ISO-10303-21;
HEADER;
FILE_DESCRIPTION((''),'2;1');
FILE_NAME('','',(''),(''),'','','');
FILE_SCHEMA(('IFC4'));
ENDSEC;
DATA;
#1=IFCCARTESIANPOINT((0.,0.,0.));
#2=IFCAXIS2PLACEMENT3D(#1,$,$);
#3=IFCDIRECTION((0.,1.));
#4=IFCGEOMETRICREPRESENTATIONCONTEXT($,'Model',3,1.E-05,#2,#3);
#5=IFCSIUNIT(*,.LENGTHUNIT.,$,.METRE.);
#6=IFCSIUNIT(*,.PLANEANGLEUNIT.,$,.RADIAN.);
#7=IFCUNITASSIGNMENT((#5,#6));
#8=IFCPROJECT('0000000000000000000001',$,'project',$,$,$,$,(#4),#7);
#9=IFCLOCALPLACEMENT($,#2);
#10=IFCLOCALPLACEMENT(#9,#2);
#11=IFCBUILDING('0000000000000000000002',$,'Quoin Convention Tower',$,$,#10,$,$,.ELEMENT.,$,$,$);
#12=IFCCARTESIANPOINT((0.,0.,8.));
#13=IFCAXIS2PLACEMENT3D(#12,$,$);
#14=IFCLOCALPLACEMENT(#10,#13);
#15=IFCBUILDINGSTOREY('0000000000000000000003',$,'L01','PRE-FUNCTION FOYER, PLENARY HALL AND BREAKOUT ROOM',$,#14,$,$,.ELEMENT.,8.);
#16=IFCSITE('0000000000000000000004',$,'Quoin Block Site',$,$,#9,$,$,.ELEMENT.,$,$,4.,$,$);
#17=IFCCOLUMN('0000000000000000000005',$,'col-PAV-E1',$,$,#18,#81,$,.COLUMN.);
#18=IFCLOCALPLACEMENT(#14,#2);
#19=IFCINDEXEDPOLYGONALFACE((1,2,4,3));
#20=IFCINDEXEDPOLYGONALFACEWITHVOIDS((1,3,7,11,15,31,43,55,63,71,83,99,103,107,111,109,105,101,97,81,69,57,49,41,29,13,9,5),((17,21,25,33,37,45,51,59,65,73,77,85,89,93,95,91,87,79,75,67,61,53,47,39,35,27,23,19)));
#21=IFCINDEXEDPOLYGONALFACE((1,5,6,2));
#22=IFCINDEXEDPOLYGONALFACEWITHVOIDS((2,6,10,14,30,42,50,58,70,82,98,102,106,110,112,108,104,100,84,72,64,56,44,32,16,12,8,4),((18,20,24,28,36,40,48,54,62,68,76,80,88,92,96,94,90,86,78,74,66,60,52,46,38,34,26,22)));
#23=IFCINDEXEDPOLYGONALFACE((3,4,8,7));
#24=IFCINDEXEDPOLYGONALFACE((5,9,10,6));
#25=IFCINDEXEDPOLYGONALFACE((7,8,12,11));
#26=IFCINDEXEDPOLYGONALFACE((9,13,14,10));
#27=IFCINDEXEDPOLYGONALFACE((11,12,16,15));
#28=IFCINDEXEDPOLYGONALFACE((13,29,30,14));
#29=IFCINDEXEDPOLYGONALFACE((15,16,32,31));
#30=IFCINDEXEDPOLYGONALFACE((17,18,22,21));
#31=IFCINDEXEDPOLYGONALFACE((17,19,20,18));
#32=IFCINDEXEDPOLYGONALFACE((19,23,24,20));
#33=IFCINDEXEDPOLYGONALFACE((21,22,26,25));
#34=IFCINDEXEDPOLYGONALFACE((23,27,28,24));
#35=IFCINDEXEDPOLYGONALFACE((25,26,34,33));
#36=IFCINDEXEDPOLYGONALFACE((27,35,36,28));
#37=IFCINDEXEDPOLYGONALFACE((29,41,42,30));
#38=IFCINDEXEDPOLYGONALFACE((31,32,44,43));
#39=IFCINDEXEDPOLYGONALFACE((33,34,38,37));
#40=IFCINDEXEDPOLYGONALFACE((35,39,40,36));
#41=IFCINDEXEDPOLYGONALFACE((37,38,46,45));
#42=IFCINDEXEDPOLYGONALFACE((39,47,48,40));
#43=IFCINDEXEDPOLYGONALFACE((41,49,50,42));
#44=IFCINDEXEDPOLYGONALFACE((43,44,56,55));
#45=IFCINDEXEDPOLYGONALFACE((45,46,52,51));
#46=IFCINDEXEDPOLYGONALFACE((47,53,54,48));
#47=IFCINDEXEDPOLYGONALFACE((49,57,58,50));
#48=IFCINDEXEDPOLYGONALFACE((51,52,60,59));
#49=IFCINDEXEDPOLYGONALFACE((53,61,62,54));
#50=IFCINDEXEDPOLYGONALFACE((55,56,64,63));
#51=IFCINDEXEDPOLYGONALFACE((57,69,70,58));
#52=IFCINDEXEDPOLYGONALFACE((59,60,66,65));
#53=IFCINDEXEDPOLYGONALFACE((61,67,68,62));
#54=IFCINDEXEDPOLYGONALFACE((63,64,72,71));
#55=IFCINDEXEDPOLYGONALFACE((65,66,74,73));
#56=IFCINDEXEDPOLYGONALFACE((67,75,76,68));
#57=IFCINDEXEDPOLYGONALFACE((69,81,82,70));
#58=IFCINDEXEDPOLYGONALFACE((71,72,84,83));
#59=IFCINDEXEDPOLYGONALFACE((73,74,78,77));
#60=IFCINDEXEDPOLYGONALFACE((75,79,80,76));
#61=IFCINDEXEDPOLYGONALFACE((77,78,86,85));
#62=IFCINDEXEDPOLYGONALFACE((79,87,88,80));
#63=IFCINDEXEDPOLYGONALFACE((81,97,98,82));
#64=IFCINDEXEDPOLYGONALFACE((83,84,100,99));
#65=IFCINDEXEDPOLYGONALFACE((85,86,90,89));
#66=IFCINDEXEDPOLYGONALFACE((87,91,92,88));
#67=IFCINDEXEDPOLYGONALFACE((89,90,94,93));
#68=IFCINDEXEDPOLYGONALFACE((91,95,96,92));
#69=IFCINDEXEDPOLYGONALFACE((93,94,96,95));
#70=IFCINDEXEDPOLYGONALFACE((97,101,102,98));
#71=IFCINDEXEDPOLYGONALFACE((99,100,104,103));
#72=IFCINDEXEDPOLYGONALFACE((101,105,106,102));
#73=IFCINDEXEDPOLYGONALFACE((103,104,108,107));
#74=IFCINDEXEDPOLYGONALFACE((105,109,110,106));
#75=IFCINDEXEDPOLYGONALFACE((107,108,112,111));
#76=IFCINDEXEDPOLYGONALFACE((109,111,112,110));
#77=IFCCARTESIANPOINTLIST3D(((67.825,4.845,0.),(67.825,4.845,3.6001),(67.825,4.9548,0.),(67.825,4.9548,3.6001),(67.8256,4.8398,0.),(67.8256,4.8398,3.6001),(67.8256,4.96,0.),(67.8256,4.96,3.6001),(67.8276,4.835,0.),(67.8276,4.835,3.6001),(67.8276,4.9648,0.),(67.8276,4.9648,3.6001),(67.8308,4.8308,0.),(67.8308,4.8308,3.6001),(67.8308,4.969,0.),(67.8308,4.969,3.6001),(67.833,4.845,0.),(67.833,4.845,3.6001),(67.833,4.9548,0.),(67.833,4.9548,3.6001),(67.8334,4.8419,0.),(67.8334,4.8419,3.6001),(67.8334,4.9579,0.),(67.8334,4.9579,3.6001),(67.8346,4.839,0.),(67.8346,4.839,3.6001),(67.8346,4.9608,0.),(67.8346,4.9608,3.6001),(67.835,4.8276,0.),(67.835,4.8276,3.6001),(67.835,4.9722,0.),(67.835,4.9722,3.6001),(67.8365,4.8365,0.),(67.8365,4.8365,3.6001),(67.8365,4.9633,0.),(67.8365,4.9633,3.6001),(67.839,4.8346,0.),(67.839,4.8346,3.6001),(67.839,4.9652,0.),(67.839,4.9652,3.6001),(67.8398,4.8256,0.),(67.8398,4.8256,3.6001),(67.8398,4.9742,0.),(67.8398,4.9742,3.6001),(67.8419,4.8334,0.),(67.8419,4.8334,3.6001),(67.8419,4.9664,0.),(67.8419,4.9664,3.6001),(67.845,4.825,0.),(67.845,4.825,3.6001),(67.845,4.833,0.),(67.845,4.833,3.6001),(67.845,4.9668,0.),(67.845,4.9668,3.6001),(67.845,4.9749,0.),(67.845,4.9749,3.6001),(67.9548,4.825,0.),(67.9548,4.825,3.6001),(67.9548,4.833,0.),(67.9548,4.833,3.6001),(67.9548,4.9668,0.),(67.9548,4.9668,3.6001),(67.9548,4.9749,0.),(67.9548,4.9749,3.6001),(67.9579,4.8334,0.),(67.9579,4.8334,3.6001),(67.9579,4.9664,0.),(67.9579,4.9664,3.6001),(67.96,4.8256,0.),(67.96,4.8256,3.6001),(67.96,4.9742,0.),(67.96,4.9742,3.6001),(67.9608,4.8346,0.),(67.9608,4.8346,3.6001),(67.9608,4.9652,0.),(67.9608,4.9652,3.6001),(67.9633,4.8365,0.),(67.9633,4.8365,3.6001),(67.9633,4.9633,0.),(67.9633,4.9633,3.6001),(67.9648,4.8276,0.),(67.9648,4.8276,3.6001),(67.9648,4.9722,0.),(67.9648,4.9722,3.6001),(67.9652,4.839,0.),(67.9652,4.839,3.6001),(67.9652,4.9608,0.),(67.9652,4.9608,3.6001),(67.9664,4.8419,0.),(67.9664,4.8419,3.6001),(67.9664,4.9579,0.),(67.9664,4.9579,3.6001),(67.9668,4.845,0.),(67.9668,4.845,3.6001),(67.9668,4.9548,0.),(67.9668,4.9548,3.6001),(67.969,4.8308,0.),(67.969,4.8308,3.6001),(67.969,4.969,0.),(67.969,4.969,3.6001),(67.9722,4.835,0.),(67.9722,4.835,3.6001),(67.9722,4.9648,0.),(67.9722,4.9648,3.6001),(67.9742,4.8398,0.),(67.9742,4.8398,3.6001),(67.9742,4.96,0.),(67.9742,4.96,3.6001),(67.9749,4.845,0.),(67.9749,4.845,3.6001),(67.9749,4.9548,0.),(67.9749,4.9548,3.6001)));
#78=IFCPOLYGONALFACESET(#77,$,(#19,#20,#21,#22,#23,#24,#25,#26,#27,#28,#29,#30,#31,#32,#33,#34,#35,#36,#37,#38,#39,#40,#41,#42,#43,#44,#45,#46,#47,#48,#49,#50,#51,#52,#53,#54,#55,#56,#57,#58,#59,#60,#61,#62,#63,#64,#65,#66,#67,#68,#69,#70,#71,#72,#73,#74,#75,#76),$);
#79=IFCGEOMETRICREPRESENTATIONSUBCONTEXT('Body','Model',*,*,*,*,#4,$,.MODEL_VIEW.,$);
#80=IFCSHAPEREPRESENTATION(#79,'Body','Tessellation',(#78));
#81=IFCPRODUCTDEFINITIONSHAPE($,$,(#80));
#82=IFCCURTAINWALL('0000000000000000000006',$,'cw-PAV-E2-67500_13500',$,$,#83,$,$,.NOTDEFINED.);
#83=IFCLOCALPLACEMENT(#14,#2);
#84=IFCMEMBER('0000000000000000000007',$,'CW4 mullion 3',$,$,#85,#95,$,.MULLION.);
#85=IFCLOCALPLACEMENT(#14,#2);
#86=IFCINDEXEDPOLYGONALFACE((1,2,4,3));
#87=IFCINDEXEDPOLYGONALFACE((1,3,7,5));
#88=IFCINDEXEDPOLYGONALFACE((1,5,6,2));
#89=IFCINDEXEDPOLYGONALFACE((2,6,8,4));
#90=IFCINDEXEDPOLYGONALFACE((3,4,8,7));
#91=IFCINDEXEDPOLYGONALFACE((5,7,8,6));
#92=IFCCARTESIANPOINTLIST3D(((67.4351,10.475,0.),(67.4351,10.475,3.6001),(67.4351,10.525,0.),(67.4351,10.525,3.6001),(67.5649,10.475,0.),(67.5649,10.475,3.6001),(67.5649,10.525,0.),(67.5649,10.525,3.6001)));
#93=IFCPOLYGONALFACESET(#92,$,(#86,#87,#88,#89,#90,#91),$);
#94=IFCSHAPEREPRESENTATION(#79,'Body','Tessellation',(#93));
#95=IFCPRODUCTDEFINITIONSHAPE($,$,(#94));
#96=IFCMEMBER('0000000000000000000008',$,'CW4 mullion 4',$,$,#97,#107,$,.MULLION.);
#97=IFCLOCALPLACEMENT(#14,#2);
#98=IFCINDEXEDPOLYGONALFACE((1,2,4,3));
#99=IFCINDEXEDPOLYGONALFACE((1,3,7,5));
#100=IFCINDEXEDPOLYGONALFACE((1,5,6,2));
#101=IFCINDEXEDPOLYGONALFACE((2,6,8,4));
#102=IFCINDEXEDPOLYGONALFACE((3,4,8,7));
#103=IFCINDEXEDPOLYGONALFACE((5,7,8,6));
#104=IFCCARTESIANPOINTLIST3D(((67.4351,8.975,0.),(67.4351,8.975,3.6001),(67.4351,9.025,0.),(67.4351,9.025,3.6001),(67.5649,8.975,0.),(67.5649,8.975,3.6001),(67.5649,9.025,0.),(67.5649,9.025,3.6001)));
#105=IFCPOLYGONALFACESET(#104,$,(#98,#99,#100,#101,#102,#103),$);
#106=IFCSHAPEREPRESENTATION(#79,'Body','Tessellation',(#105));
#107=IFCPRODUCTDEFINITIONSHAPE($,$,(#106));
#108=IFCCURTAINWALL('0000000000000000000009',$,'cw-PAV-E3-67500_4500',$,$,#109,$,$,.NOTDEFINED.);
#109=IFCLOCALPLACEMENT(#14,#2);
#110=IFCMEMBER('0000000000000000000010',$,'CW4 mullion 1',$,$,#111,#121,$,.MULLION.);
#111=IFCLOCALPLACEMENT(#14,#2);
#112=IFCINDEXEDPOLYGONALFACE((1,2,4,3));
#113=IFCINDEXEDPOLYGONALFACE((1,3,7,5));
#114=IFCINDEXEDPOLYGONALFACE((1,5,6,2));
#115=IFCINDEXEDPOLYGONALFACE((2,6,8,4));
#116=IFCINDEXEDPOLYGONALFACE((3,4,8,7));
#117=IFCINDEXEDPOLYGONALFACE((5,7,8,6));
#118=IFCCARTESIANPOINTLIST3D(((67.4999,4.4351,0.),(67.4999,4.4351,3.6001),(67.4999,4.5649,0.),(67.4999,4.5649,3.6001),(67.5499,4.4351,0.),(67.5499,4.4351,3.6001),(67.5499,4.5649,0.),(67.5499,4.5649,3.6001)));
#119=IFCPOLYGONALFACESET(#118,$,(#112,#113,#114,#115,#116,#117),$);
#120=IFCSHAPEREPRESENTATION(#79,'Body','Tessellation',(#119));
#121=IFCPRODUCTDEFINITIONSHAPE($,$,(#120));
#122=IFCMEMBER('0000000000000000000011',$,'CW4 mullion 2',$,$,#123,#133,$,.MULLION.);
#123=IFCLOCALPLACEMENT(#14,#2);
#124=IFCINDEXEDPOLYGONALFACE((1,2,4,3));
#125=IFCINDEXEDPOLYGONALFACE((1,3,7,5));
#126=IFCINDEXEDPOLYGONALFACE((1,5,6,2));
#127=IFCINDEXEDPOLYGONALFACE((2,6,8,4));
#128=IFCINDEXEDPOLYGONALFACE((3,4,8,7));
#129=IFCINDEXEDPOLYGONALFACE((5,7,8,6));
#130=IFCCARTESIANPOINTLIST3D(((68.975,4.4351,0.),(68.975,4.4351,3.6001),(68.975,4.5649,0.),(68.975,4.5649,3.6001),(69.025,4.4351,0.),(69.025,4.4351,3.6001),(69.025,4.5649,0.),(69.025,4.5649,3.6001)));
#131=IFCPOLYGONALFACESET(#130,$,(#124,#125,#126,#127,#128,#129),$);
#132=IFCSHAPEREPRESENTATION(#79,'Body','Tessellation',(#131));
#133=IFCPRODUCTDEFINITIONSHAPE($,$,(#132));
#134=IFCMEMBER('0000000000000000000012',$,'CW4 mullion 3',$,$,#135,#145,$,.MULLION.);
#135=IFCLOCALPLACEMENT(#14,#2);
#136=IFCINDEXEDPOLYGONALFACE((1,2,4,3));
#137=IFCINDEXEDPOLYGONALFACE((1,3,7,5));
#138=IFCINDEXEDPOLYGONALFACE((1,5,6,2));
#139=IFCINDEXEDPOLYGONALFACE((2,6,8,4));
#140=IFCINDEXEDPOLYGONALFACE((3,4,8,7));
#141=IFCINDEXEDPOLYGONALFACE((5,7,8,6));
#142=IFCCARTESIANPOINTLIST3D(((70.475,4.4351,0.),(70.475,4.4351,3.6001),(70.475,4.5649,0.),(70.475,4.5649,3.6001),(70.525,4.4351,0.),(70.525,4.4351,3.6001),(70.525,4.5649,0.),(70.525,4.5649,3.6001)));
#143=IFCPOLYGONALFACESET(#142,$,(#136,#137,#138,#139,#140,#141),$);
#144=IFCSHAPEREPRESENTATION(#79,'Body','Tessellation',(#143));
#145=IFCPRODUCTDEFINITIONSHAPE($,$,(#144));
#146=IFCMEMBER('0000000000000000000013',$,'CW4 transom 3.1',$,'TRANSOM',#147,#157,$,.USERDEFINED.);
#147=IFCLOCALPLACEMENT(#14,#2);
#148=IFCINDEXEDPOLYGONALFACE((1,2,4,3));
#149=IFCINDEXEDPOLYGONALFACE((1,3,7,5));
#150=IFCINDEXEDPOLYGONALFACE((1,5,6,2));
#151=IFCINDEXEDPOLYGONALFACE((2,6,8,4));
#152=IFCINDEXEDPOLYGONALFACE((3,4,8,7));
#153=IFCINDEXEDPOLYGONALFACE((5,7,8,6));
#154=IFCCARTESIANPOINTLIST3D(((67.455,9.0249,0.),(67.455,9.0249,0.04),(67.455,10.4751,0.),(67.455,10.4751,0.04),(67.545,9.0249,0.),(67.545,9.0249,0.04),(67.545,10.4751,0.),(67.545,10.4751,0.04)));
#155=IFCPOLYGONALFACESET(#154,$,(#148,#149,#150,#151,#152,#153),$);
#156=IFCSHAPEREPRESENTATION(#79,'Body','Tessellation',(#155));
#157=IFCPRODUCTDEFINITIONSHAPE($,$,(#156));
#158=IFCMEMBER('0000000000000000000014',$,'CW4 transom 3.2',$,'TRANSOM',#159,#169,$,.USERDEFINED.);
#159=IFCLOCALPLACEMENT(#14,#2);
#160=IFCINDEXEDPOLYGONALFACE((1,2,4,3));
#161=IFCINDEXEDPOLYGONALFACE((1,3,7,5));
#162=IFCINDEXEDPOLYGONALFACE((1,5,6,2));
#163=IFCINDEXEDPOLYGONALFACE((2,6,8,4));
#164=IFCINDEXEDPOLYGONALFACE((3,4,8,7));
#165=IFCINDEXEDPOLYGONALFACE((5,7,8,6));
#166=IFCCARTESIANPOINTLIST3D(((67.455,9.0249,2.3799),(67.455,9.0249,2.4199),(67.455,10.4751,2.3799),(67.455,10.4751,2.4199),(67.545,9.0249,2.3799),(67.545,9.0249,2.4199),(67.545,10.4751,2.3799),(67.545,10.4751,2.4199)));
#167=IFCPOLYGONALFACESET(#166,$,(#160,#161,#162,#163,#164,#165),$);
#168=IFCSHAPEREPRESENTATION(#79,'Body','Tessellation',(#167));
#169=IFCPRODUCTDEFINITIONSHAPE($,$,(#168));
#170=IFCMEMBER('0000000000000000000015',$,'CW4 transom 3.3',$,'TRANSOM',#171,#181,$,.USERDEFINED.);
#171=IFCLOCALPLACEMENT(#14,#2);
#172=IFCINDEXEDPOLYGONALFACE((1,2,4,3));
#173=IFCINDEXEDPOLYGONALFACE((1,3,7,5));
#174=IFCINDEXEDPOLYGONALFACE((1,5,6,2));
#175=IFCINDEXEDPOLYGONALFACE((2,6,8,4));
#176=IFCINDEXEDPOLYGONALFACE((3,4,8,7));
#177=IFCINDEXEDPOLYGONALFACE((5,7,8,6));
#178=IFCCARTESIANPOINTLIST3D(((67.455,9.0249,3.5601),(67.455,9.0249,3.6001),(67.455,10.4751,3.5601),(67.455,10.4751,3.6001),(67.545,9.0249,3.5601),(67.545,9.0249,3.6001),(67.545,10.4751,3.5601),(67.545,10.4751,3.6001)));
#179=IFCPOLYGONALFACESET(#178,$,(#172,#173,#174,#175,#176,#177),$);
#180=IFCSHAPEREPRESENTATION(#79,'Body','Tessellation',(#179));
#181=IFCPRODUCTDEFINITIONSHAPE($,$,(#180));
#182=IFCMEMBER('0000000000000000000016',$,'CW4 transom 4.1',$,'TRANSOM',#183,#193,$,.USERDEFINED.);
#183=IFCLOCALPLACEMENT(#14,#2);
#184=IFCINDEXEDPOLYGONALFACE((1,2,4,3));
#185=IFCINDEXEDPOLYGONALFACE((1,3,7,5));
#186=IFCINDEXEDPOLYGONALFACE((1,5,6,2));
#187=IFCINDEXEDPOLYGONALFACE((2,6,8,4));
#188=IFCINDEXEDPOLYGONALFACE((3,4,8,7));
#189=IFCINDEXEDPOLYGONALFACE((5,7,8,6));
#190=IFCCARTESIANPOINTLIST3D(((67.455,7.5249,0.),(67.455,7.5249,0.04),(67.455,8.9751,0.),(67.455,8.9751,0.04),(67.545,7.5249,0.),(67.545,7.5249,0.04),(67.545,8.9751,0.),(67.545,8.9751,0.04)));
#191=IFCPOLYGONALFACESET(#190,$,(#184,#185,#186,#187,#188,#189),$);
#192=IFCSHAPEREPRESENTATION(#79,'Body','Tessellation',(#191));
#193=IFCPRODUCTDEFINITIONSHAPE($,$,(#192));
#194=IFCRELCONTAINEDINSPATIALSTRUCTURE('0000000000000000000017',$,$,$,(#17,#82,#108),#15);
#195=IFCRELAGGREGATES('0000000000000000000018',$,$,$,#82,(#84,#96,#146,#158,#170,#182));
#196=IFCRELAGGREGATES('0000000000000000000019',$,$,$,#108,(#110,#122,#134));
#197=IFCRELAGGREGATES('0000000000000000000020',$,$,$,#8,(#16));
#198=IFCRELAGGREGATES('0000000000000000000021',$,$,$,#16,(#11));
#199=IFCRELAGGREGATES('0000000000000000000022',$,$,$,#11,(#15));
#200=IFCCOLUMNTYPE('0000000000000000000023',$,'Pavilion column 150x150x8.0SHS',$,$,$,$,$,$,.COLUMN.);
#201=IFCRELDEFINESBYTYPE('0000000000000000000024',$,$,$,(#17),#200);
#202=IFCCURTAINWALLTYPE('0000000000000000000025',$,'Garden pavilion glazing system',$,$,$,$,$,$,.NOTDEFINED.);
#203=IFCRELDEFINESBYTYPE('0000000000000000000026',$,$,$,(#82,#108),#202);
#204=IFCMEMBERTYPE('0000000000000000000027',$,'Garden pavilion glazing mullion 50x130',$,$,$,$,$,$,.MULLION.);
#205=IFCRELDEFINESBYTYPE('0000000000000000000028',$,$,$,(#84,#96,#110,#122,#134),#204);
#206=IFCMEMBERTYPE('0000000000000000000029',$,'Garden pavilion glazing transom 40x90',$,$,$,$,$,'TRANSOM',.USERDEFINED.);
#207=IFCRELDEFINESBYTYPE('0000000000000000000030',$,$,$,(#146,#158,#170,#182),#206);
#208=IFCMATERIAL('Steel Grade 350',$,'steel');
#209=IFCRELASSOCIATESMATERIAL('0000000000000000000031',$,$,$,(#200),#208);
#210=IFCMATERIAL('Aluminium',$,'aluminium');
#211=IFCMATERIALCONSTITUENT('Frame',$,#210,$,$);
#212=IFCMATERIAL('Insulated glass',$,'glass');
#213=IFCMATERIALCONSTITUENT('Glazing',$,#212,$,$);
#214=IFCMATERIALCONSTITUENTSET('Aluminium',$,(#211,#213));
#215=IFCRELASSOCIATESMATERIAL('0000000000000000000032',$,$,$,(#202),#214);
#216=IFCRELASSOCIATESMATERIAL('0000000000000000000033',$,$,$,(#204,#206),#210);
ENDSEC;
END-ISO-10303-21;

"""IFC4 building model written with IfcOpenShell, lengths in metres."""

from ifc_helpers import new_model, si_unit, direction, frame, origin, origin_2d, place, context, subcontext, project, spatial, rectangle, hollow_rectangle, extrude, material, constituent, constituent_set, material_profile, profile_set, type_object, element, aggregate, save


model = new_model("IFC4")

# Units and contexts
model_context = context("Model", 3, precision=1e-05, world=origin(), true_north=direction((0.0, 1.0)))
body_context = subcontext(model_context, "Body", "Model", "MODEL_VIEW")
ifc_project = project(units=[si_unit("LENGTHUNIT", "METRE"), si_unit("PLANEANGLEUNIT", "RADIAN")], contexts=[model_context])

# Site, building, storey
site_placement = place(None, origin())
site = spatial("IfcSite", under=ifc_project, at=site_placement, Name="Quoin Block Site", CompositionType="ELEMENT", RefElevation=4.0)
building_placement = place(site_placement, origin())
building = spatial("IfcBuilding", under=site, at=building_placement, Name="Quoin Convention Tower", CompositionType="ELEMENT")
storey_placement = place(building_placement, frame((0.0, 0.0, 8.0)))
storey = spatial("IfcBuildingStorey", under=building, at=storey_placement, Name="L01", Description="PRE-FUNCTION FOYER, PLENARY HALL AND BREAKOUT ROOM", CompositionType="ELEMENT", Elevation=8.0)

# Column
ifc_material_1 = material(Name="Steel Grade 350", Category="steel")
ifc_material_profile_1 = material_profile(ifc_material_1, hollow_rectangle(XDim=0.1499, YDim=0.1499, WallThickness=0.0081, InnerFilletRadius=0.012, OuterFilletRadius=0.02, at=origin_2d()), Name="150x150x8.0SHS")
ifc_profile_set_1 = profile_set([ifc_material_profile_1], Name="Steel Grade 350")
column_type = type_object("IfcColumnType", Name="Pavilion column 150x150x8.0SHS", PredefinedType="COLUMN", material=ifc_profile_set_1)
column_placement = place(storey_placement, frame((67.8999, 4.8999, 0.0), z_axis=(0.0, 0.0, 1.0), x_axis=(1.0, 0.0, 0.0)))
element("IfcColumn", 1, at=column_placement, inside=storey, type_object=column_type, Name="col-PAV-E1", PredefinedType="COLUMN", context=body_context, shape_type="SweptSolid", body=[
    extrude(hollow_rectangle(XDim=0.1499, YDim=0.1499, WallThickness=0.0081, InnerFilletRadius=0.012, OuterFilletRadius=0.02, at=origin_2d()), origin(), (0.0, 0.0, 1.0), 3.6001),
])

# Curtain walls, members
ifc_material_2 = material(Name="Aluminium", Category="aluminium")
ifc_constituent_1 = constituent(ifc_material_2, Name="Frame")
ifc_material_3 = material(Name="Insulated glass", Category="glass")
ifc_constituent_2 = constituent(ifc_material_3, Name="Glazing")
ifc_constituent_set = constituent_set(constituents=[ifc_constituent_1, ifc_constituent_2], Name="Aluminium")
curtain_wall_type = type_object("IfcCurtainWallType", Name="Garden pavilion glazing system", PredefinedType="NOTDEFINED", material=ifc_constituent_set)
curtain_wall_1_placement = place(storey_placement, origin())
curtain_wall_1 = element("IfcCurtainWall", 2, at=curtain_wall_1_placement, inside=storey, type_object=curtain_wall_type, Name="cw-PAV-E2-67500_13500", PredefinedType="NOTDEFINED")
ifc_material_profile_2 = material_profile(ifc_material_2, rectangle(XDim=0.1299, YDim=0.05, at=origin_2d()), Name="Garden pavilion glazing mullion 50x130")
ifc_profile_set_2 = profile_set([ifc_material_profile_2], Name="Aluminium")
member_type_1 = type_object("IfcMemberType", Name="Garden pavilion glazing mullion 50x130", PredefinedType="MULLION", material=ifc_profile_set_2)
member_1_placement = place(storey_placement, frame((67.5, 10.5, 0.0), z_axis=(0.0, 0.0, 1.0), x_axis=(1.0, 0.0, 0.0)))
member_1 = element("IfcMember", 3, at=member_1_placement, type_object=member_type_1, Name="CW4 mullion 3", PredefinedType="MULLION", context=body_context, shape_type="SweptSolid", body=[
    extrude(rectangle(XDim=0.1299, YDim=0.05, at=origin_2d()), origin(), (0.0, 0.0, 1.0), 3.6001),
])
member_2_placement = place(storey_placement, frame((67.5, 9.0, 0.0), z_axis=(0.0, 0.0, 1.0), x_axis=(1.0, 0.0, 0.0)))
member_2 = element("IfcMember", 4, at=member_2_placement, type_object=member_type_1, Name="CW4 mullion 4", PredefinedType="MULLION", context=body_context, shape_type="SweptSolid", body=[
    extrude(rectangle(XDim=0.1299, YDim=0.05, at=origin_2d()), origin(), (0.0, 0.0, 1.0), 3.6001),
])
curtain_wall_2_placement = place(storey_placement, origin())
curtain_wall_2 = element("IfcCurtainWall", 5, at=curtain_wall_2_placement, inside=storey, type_object=curtain_wall_type, Name="cw-PAV-E3-67500_4500", PredefinedType="NOTDEFINED")
member_3_placement = place(storey_placement, frame((67.5249, 4.5, 0.0), z_axis=(0.0, 0.0, 1.0), x_axis=(0.0, 1.0, 0.0)))
member_3 = element("IfcMember", 6, at=member_3_placement, type_object=member_type_1, Name="CW4 mullion 1", PredefinedType="MULLION", context=body_context, shape_type="SweptSolid", body=[
    extrude(rectangle(XDim=0.1299, YDim=0.05, at=origin_2d()), origin(), (0.0, 0.0, 1.0), 3.6001),
])
member_4_placement = place(storey_placement, frame((69.0, 4.5, 0.0), z_axis=(0.0, 0.0, 1.0), x_axis=(0.0, 1.0, 0.0)))
member_4 = element("IfcMember", 7, at=member_4_placement, type_object=member_type_1, Name="CW4 mullion 2", PredefinedType="MULLION", context=body_context, shape_type="SweptSolid", body=[
    extrude(rectangle(XDim=0.1299, YDim=0.05, at=origin_2d()), origin(), (0.0, 0.0, 1.0), 3.6001),
])
member_5_placement = place(storey_placement, frame((70.5, 4.5, 0.0), z_axis=(0.0, 0.0, 1.0), x_axis=(0.0, 1.0, 0.0)))
member_5 = element("IfcMember", 8, at=member_5_placement, type_object=member_type_1, Name="CW4 mullion 3", PredefinedType="MULLION", context=body_context, shape_type="SweptSolid", body=[
    extrude(rectangle(XDim=0.1299, YDim=0.05, at=origin_2d()), origin(), (0.0, 0.0, 1.0), 3.6001),
])

# Members
ifc_material_profile_3 = material_profile(ifc_material_2, rectangle(XDim=0.0901, YDim=0.04, at=origin_2d()), Name="Garden pavilion glazing transom 40x90")
ifc_profile_set_3 = profile_set([ifc_material_profile_3], Name="Aluminium")
member_type_2 = type_object("IfcMemberType", Name="Garden pavilion glazing transom 40x90", ElementType="TRANSOM", PredefinedType="USERDEFINED", material=ifc_profile_set_3)
member_6_placement = place(storey_placement, frame((67.5, 10.4751, 0.02), z_axis=(0.0, -1.0, 0.0), x_axis=(1.0, 0.0, 0.0)))
member_6 = element("IfcMember", 9, at=member_6_placement, type_object=member_type_2, Name="CW4 transom 3.1", ObjectType="TRANSOM", PredefinedType="USERDEFINED", context=body_context, shape_type="SweptSolid", body=[
    extrude(rectangle(XDim=0.0901, YDim=0.04, at=origin_2d()), origin(), (0.0, 0.0, 1.0), 1.4502),
])
member_7_placement = place(storey_placement, frame((67.5, 10.4751, 2.3999), z_axis=(0.0, -1.0, 0.0), x_axis=(1.0, 0.0, 0.0)))
member_7 = element("IfcMember", 10, at=member_7_placement, type_object=member_type_2, Name="CW4 transom 3.2", ObjectType="TRANSOM", PredefinedType="USERDEFINED", context=body_context, shape_type="SweptSolid", body=[
    extrude(rectangle(XDim=0.0901, YDim=0.04, at=origin_2d()), origin(), (0.0, 0.0, 1.0), 1.4502),
])
member_8_placement = place(storey_placement, frame((67.5, 10.4751, 3.5801), z_axis=(0.0, -1.0, 0.0), x_axis=(1.0, 0.0, 0.0)))
member_8 = element("IfcMember", 11, at=member_8_placement, type_object=member_type_2, Name="CW4 transom 3.3", ObjectType="TRANSOM", PredefinedType="USERDEFINED", context=body_context, shape_type="SweptSolid", body=[
    extrude(rectangle(XDim=0.0901, YDim=0.04, at=origin_2d()), origin(), (0.0, 0.0, 1.0), 1.4502),
])
member_9_placement = place(storey_placement, frame((67.5, 8.9751, 0.02), z_axis=(0.0, -1.0, 0.0), x_axis=(1.0, 0.0, 0.0)))
member_9 = element("IfcMember", 12, at=member_9_placement, type_object=member_type_2, Name="CW4 transom 4.1", ObjectType="TRANSOM", PredefinedType="USERDEFINED", context=body_context, shape_type="SweptSolid", body=[
    extrude(rectangle(XDim=0.0901, YDim=0.04, at=origin_2d()), origin(), (0.0, 0.0, 1.0), 1.4502),
])

aggregate(curtain_wall_1, [member_1, member_2, member_6, member_7, member_8, member_9])
aggregate(curtain_wall_2, [member_3, member_4, member_5])

save(model, "model.ifc")
